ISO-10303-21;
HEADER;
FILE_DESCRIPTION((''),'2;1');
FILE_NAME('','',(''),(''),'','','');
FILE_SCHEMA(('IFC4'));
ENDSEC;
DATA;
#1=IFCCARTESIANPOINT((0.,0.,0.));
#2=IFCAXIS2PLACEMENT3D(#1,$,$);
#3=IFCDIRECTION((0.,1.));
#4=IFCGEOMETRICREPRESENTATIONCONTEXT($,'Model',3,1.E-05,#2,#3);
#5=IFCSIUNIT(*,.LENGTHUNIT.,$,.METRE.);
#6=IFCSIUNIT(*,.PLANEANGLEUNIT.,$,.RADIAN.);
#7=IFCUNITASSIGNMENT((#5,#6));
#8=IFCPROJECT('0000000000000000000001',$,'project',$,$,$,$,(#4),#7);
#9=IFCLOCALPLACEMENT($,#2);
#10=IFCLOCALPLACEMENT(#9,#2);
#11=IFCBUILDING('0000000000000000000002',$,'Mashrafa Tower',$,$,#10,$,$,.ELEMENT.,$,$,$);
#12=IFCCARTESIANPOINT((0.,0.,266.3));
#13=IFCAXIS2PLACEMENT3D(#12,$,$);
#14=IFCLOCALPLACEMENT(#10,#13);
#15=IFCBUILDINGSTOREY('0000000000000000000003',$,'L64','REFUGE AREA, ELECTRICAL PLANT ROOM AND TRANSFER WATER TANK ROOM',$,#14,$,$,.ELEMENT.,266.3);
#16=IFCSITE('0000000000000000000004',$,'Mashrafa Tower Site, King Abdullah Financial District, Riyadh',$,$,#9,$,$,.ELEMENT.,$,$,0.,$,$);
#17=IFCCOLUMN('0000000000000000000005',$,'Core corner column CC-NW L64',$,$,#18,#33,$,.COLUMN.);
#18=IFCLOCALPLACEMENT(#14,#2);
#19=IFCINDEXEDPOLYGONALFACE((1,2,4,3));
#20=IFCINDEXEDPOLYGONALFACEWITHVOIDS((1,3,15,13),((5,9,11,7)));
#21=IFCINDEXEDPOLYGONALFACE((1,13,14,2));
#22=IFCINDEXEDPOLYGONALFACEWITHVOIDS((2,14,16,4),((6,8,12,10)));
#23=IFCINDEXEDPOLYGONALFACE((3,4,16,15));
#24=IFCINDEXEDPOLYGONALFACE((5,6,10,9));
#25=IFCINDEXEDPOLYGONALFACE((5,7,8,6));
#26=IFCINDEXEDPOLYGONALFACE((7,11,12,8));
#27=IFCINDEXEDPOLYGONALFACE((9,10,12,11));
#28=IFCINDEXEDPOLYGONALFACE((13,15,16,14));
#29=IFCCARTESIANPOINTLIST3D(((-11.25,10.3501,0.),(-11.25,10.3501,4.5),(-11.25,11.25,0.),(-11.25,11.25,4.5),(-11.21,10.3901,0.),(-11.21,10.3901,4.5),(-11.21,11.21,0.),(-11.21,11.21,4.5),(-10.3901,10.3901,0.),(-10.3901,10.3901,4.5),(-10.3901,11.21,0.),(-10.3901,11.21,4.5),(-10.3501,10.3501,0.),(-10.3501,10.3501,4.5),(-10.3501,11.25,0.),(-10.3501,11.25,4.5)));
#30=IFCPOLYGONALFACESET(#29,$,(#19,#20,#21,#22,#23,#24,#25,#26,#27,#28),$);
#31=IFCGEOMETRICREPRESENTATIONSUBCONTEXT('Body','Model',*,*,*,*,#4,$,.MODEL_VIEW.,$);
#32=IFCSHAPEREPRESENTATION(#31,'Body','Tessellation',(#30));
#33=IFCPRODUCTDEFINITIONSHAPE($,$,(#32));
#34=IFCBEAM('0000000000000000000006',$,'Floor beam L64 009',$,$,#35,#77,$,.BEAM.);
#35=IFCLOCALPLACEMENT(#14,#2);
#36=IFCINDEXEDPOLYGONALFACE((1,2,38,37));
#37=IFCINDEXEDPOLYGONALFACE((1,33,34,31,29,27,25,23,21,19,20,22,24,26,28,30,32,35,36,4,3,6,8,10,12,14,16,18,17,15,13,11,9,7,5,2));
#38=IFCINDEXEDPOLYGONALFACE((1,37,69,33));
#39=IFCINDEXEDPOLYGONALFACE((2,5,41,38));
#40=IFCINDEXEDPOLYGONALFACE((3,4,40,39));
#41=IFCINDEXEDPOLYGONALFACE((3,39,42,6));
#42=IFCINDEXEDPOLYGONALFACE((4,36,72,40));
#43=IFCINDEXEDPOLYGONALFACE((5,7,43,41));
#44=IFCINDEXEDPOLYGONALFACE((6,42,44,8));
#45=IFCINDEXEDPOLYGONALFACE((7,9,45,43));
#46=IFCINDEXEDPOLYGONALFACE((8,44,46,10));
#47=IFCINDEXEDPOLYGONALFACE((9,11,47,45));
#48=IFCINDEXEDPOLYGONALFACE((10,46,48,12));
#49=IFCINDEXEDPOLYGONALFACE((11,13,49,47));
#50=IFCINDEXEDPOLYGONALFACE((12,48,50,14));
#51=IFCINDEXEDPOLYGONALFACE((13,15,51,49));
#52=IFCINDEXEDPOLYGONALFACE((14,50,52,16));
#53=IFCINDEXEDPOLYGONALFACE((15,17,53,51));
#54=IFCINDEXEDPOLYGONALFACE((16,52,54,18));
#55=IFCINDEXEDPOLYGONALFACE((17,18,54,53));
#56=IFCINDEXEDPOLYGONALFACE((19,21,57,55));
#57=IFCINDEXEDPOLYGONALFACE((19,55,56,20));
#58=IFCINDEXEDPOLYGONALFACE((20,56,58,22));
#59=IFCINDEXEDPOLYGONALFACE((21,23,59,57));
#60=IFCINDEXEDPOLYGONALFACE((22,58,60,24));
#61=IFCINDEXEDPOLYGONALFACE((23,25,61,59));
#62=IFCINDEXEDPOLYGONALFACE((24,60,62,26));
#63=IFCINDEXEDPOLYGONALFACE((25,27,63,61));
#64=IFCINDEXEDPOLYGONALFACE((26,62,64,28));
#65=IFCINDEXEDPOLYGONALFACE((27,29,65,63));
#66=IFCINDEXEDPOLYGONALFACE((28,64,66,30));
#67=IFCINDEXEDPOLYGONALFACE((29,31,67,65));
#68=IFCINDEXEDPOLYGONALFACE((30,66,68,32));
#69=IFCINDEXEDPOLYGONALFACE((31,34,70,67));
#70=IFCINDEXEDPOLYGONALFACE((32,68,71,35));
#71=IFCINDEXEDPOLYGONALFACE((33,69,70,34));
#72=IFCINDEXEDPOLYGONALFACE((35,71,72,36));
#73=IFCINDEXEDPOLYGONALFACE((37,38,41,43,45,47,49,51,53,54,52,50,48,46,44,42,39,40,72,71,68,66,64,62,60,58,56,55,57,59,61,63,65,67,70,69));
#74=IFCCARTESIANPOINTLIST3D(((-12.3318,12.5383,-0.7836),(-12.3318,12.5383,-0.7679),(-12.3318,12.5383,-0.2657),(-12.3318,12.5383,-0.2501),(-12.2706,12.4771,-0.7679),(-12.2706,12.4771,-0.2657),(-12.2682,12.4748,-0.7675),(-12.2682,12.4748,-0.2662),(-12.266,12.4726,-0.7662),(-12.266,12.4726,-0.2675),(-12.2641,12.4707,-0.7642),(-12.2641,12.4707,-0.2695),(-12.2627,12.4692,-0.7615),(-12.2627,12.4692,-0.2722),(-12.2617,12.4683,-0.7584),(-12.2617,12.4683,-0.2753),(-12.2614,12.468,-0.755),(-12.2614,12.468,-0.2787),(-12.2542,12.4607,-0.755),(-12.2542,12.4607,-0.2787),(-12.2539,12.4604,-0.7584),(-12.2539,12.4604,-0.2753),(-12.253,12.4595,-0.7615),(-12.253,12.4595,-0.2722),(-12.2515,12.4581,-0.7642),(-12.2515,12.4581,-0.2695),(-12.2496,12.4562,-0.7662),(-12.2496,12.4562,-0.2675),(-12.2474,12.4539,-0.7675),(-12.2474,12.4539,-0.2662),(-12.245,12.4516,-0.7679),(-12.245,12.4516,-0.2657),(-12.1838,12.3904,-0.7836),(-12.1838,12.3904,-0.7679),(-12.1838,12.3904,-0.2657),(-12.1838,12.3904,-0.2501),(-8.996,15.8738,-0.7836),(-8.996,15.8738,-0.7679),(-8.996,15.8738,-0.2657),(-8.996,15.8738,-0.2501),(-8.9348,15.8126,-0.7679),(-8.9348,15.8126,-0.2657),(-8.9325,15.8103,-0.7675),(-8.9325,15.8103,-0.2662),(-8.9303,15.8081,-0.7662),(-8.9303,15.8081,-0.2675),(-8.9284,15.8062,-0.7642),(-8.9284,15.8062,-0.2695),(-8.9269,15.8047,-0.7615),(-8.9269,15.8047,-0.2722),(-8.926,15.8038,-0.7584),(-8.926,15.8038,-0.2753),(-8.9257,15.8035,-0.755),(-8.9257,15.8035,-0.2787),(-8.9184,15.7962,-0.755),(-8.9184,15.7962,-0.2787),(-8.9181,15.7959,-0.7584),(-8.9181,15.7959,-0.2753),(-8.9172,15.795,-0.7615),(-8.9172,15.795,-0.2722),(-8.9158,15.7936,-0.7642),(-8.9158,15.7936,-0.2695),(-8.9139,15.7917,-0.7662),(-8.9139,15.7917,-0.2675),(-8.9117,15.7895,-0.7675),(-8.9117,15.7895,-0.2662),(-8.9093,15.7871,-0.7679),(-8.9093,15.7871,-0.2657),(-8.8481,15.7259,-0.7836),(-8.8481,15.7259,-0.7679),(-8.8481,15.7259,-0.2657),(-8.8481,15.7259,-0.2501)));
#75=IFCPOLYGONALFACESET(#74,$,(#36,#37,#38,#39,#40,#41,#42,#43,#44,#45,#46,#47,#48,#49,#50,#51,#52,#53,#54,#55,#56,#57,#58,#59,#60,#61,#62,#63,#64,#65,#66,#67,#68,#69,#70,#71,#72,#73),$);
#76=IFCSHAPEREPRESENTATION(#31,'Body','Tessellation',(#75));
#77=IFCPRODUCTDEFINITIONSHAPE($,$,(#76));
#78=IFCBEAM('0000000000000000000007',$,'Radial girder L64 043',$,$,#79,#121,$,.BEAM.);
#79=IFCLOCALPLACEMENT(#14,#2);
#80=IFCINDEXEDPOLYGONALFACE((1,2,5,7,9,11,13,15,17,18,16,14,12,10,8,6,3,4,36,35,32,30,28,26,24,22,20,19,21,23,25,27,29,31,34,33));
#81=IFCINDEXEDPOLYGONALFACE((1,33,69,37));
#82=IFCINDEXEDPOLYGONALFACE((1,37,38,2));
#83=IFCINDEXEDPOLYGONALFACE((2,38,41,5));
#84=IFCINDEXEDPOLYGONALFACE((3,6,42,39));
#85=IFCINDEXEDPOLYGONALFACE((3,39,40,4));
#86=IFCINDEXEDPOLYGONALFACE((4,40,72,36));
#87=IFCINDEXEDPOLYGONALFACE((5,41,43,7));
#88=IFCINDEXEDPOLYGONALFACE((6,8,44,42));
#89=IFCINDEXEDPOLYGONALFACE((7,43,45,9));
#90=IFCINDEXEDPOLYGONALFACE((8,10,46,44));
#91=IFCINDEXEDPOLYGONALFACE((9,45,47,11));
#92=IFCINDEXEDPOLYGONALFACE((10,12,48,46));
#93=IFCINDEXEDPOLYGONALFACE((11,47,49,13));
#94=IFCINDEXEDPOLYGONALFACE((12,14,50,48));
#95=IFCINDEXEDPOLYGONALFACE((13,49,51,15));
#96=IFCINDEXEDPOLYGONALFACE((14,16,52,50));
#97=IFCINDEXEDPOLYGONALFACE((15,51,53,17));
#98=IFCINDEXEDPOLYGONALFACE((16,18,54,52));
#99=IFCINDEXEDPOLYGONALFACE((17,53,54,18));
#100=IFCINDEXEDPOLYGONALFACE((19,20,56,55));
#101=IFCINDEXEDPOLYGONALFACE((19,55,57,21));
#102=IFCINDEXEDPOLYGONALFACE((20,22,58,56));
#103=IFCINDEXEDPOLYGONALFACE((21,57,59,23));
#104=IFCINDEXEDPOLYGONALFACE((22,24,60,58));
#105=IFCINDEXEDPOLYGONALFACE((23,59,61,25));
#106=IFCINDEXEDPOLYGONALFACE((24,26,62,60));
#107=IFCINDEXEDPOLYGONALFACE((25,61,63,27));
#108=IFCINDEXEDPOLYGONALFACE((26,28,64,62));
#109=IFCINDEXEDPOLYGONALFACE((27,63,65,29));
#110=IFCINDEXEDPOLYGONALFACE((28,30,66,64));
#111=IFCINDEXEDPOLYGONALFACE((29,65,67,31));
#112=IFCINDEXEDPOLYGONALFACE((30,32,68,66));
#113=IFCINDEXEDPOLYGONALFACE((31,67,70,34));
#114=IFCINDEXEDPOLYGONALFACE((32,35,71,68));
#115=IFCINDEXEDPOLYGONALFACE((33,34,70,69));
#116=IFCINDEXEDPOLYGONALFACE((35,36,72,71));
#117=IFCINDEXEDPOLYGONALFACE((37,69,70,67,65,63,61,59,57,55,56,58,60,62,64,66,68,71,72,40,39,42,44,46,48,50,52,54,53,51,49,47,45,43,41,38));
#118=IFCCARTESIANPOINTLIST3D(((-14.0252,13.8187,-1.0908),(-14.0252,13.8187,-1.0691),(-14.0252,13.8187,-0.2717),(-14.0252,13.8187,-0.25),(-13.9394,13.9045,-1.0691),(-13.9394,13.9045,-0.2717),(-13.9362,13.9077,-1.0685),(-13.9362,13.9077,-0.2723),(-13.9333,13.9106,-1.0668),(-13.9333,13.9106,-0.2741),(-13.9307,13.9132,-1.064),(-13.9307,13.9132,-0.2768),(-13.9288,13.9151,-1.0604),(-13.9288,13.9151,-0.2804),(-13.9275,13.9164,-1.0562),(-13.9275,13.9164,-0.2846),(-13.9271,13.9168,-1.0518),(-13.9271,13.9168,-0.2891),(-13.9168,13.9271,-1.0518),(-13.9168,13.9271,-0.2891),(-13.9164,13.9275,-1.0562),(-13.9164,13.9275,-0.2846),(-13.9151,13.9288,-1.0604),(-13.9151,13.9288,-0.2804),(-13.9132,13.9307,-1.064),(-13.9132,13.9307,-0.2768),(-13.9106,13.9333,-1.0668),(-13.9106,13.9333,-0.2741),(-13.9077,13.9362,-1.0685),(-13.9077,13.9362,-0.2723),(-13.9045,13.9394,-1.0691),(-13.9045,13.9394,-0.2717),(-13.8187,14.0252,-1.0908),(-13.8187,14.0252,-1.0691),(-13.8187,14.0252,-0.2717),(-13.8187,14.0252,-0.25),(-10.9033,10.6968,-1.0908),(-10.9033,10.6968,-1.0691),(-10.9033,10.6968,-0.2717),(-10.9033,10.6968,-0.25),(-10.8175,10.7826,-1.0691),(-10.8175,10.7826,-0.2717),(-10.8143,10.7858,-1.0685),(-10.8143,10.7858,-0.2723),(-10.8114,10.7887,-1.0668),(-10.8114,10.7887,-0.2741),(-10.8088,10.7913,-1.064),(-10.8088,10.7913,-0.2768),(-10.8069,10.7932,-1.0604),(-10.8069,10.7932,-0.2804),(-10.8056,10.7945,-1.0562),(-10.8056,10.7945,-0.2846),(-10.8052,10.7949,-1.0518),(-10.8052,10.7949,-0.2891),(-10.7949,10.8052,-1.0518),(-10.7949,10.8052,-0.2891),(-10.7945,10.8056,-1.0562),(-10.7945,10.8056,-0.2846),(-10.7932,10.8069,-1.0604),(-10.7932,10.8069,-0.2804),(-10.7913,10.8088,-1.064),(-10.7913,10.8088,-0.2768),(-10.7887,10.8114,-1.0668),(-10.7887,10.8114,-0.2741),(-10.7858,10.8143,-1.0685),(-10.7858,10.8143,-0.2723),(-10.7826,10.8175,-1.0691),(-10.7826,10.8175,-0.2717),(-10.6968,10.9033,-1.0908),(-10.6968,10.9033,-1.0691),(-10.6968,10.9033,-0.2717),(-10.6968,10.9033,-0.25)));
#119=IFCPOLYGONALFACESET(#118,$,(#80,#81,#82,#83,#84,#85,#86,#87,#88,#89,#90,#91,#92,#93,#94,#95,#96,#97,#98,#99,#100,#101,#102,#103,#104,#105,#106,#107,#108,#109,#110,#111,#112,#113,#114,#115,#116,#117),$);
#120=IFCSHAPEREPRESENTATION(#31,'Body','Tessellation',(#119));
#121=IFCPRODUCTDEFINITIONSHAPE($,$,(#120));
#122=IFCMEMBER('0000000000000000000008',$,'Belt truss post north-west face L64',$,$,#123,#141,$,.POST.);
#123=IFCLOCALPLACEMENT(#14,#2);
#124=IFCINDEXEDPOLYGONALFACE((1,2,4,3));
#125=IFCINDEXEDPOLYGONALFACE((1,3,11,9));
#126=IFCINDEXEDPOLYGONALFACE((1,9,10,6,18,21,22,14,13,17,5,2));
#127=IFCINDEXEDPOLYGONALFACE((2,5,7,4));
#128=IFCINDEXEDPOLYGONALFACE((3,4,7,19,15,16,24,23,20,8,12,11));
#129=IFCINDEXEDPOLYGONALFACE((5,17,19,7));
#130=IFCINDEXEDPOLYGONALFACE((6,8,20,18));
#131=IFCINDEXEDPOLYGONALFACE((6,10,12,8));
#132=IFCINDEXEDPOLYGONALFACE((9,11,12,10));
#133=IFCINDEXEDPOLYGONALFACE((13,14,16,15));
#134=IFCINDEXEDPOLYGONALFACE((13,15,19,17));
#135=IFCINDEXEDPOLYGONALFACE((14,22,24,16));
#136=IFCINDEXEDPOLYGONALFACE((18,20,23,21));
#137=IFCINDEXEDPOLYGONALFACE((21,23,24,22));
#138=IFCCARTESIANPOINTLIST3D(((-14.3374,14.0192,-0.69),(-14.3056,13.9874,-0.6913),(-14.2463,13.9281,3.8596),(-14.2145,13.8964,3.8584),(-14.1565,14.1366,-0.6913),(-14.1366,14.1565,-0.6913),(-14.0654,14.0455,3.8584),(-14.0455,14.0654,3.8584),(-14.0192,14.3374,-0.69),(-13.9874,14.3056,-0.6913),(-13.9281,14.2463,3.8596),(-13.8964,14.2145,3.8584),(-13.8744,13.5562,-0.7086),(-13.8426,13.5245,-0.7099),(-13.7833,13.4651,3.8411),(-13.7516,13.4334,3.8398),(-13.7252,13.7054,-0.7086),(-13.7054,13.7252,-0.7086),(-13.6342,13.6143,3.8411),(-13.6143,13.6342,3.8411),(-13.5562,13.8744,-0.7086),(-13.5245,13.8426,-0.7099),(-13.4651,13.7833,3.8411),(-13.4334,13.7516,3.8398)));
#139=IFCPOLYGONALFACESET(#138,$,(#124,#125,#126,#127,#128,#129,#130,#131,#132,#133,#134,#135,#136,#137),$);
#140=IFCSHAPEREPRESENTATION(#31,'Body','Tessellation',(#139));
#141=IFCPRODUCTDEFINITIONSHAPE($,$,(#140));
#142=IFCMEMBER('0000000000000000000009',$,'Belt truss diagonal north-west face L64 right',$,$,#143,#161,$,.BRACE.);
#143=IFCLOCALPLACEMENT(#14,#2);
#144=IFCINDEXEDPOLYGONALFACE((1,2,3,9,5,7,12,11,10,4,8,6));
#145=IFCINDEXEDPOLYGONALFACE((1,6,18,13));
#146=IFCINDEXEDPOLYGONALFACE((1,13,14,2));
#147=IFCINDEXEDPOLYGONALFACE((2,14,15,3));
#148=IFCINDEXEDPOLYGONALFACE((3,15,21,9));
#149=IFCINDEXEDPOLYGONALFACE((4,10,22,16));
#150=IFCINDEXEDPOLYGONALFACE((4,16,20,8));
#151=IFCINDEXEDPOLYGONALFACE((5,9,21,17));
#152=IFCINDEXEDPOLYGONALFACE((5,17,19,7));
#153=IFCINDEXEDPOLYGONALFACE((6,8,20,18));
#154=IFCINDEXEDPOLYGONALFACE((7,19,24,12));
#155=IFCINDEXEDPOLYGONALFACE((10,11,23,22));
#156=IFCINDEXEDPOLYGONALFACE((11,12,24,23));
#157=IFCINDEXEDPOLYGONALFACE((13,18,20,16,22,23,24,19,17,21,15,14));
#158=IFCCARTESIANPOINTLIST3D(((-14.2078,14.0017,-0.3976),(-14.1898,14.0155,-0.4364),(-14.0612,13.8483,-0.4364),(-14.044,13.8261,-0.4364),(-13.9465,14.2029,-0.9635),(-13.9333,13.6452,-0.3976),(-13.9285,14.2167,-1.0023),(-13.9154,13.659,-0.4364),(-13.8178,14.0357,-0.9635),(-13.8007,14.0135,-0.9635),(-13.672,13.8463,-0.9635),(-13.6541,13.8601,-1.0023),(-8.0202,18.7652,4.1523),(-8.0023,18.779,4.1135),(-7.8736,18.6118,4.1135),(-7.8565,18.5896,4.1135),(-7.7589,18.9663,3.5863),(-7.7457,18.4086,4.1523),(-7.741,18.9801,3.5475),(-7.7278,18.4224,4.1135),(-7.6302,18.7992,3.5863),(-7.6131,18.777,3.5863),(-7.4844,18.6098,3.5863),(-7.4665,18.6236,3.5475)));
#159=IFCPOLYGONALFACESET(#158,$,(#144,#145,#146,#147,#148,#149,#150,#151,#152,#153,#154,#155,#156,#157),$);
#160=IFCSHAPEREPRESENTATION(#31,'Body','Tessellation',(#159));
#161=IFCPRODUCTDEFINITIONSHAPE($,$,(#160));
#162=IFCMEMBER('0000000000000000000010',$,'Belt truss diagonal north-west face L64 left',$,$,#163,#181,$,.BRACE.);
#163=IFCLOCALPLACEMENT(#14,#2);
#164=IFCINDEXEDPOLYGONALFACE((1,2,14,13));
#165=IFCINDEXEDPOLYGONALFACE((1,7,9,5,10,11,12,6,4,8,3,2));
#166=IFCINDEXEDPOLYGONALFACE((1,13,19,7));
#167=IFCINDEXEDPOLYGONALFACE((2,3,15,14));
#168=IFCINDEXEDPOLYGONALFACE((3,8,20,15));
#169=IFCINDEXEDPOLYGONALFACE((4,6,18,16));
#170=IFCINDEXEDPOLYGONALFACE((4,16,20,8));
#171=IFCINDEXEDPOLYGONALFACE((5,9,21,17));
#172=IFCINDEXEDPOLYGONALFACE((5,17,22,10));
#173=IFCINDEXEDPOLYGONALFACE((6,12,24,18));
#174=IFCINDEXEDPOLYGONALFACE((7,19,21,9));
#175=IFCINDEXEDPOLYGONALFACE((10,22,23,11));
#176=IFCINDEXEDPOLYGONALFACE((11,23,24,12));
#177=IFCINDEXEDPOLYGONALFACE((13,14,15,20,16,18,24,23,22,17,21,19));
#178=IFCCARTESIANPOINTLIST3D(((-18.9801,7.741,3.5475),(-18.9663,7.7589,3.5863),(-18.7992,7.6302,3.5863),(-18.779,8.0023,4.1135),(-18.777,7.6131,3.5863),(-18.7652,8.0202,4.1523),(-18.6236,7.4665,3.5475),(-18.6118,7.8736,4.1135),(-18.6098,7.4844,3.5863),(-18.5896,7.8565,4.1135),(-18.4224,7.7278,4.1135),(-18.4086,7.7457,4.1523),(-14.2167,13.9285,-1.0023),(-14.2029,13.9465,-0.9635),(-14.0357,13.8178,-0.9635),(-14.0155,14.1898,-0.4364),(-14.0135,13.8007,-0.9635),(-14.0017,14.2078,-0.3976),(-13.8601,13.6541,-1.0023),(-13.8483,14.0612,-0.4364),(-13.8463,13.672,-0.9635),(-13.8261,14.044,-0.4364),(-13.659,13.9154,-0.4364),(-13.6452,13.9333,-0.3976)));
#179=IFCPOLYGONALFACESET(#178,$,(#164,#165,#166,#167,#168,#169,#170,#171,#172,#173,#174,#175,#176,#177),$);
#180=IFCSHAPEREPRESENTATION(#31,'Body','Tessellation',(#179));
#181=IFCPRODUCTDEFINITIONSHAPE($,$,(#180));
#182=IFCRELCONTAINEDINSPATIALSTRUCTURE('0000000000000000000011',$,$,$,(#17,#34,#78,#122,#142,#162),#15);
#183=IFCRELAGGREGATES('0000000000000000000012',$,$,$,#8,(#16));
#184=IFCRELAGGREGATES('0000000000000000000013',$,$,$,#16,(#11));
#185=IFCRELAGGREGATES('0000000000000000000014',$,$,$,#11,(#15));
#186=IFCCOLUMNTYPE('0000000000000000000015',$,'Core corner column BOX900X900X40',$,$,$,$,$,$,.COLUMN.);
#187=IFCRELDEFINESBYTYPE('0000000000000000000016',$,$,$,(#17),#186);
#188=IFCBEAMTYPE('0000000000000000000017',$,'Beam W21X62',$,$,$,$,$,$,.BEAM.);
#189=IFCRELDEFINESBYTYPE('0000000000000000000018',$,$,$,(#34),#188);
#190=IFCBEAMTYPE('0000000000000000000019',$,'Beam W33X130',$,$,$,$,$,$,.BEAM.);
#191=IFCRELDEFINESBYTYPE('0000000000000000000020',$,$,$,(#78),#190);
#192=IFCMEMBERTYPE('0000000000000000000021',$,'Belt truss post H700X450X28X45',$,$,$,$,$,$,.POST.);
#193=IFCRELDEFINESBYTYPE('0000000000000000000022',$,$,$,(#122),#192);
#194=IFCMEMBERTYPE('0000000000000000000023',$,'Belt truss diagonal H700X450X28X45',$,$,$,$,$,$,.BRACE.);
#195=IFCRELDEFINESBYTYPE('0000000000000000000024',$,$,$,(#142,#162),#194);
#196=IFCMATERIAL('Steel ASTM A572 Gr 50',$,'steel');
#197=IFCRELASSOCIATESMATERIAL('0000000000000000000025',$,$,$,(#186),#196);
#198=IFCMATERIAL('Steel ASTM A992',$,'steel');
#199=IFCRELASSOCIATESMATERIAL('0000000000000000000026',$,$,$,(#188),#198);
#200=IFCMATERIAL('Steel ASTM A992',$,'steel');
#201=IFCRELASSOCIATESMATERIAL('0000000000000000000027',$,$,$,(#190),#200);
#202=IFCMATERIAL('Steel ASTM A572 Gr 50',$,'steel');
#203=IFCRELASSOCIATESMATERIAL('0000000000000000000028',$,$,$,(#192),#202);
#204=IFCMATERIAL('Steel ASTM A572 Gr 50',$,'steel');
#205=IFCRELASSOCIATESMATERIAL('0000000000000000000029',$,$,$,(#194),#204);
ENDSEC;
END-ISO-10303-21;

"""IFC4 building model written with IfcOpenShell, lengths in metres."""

from ifc_helpers import new_model, si_unit, direction, frame, origin, origin_2d, place, context, subcontext, project, spatial, hollow_rectangle, i_section, extrude, source, transform, mapped, material, material_profile, profile_set, type_object, type_shapes, element, save


model = new_model("IFC4")

# Units and contexts
model_context = context("Model", 3, precision=1e-05, world=origin(), true_north=direction((0.0, 1.0)))
body_context = subcontext(model_context, "Body", "Model", "MODEL_VIEW")
ifc_project = project(units=[si_unit("LENGTHUNIT", "METRE"), si_unit("PLANEANGLEUNIT", "RADIAN")], contexts=[model_context])

# Site, building, storey
site_placement = place(None, origin())
site = spatial("IfcSite", under=ifc_project, at=site_placement, Name="Mashrafa Tower Site, King Abdullah Financial District, Riyadh", CompositionType="ELEMENT", RefElevation=0.0)
building_placement = place(site_placement, origin())
building = spatial("IfcBuilding", under=site, at=building_placement, Name="Mashrafa Tower", CompositionType="ELEMENT")
storey_placement = place(building_placement, frame((0.0, 0.0, 266.3)))
storey = spatial("IfcBuildingStorey", under=building, at=storey_placement, Name="L64", Description="REFUGE AREA, ELECTRICAL PLANT ROOM AND TRANSFER WATER TANK ROOM", CompositionType="ELEMENT", Elevation=266.3)

# Column
ifc_material_1 = material(Name="Steel ASTM A572 Gr 50", Category="steel")
ifc_material_profile_1 = material_profile(ifc_material_1, hollow_rectangle(XDim=0.8999, YDim=0.8999, WallThickness=0.04, at=origin_2d()), Name="BOX900X900X40")
ifc_profile_set_1 = profile_set([ifc_material_profile_1], Name="Steel ASTM A572 Gr 50")
column_type = type_object("IfcColumnType", Name="Core corner column BOX900X900X40", PredefinedType="COLUMN", material=ifc_profile_set_1)
column_placement = place(storey_placement, frame((-10.8, 10.8, 0.0), z_axis=(0.0, 0.0, 1.0), x_axis=(1.0, 0.0, 0.0)))
element("IfcColumn", 1, at=column_placement, inside=storey, type_object=column_type, Name="Core corner column CC-NW L64", PredefinedType="COLUMN", context=body_context, shape_type="SweptSolid", body=[
    extrude(hollow_rectangle(XDim=0.8999, YDim=0.8999, WallThickness=0.04, at=origin_2d()), origin(), (0.0, 0.0, 1.0), 4.5),
])

# Beams
ifc_material_2 = material(Name="Steel ASTM A992", Category="steel")
ifc_material_profile_2 = material_profile(ifc_material_2, i_section(OverallWidth=0.2092, OverallDepth=0.5334, WebThickness=0.0103, FlangeThickness=0.0156, FilletRadius=0.0129, at=origin_2d()), Name="W21X62")
ifc_profile_set_2 = profile_set([ifc_material_profile_2], Name="Steel ASTM A992")
beam_type_1 = type_object("IfcBeamType", Name="Beam W21X62", PredefinedType="BEAM", material=ifc_profile_set_2)
beam_1_placement = place(storey_placement, frame((-12.2578, 12.4644, -0.5168), z_axis=(0.707133, 0.707081, 0.0), x_axis=(-0.707081, 0.707133, 0.0)))
element("IfcBeam", 2, at=beam_1_placement, inside=storey, type_object=beam_type_1, Name="Floor beam L64 009", PredefinedType="BEAM", context=body_context, shape_type="SweptSolid", body=[
    extrude(i_section(OverallWidth=0.2092, OverallDepth=0.5334, WebThickness=0.0103, FlangeThickness=0.0156, FilletRadius=0.0129, at=origin_2d()), origin(), (0.0, 0.0, 1.0), 4.7173),
])
ifc_material_3 = material(Name="Steel ASTM A992", Category="steel")
ifc_material_profile_3 = material_profile(ifc_material_3, i_section(OverallWidth=0.292, OverallDepth=0.8408, WebThickness=0.0146, FlangeThickness=0.0217, FilletRadius=0.0173, at=origin_2d()), Name="W33X130")
ifc_profile_set_3 = profile_set([ifc_material_profile_3], Name="Steel ASTM A992")
beam_type_2 = type_object("IfcBeamType", Name="Beam W33X130", PredefinedType="BEAM", material=ifc_profile_set_3)
beam_2_placement = place(storey_placement, frame((-10.8, 10.8, -0.6704), z_axis=(-0.707107, 0.707107, 0.0), x_axis=(-0.707107, -0.707107, 0.0)))
element("IfcBeam", 3, at=beam_2_placement, inside=storey, type_object=beam_type_2, Name="Radial girder L64 043", PredefinedType="BEAM", context=body_context, shape_type="SweptSolid", body=[
    extrude(i_section(OverallWidth=0.292, OverallDepth=0.8408, WebThickness=0.0146, FlangeThickness=0.0217, FilletRadius=0.0173, at=origin_2d()), origin(), (0.0, 0.0, 1.0), 4.415),
])

# Members
ifc_material_4 = material(Name="Steel ASTM A572 Gr 50", Category="steel")
ifc_material_profile_4 = material_profile(ifc_material_4, i_section(OverallWidth=0.45, OverallDepth=0.7, WebThickness=0.0281, FlangeThickness=0.0449, at=origin_2d()), Name="H700X450X28X45")
ifc_profile_set_4 = profile_set([ifc_material_profile_4], Name="Steel ASTM A572 Gr 50")
member_type_1 = type_object("IfcMemberType", Name="Belt truss post H700X450X28X45", PredefinedType="POST", material=ifc_profile_set_4)
shared_shape_1 = source(origin(), body_context, "Body", "SweptSolid", [
    extrude(i_section(OverallWidth=0.45, OverallDepth=0.7, WebThickness=0.0281, FlangeThickness=0.0449, at=origin_2d()), origin(), (0.0, 0.0, 1.0), 4.5515),
])
type_shapes(member_type_1, [shared_shape_1])
member_1_placement = place(storey_placement, frame((-13.9309, 13.9309, -0.7), z_axis=(0.020007, -0.020007, 0.9996), x_axis=(0.707107, 0.707107, 0.0)))
element("IfcMember", 4, at=member_1_placement, inside=storey, type_object=member_type_1, Name="Belt truss post north-west face L64", PredefinedType="POST", context=body_context, shape_type="MappedRepresentation", body=[
    mapped(shared_shape_1, transform((0.0, 0.0, 0.0))),
])
ifc_material_5 = material(Name="Steel ASTM A572 Gr 50", Category="steel")
ifc_material_profile_5 = material_profile(ifc_material_5, i_section(OverallWidth=0.45, OverallDepth=0.7, WebThickness=0.0281, FlangeThickness=0.0449, at=origin_2d()), Name="H700X450X28X45")
ifc_profile_set_5 = profile_set([ifc_material_profile_5], Name="Steel ASTM A572 Gr 50")
member_type_2 = type_object("IfcMemberType", Name="Belt truss diagonal H700X450X28X45", PredefinedType="BRACE", material=ifc_profile_set_5)
shared_shape_2 = source(origin(), body_context, "Body", "SweptSolid", [
    extrude(i_section(OverallWidth=0.45, OverallDepth=0.7, WebThickness=0.0281, FlangeThickness=0.0449, at=origin_2d()), origin(), (0.0, 0.0, 1.0), 9.0376),
])
type_shapes(member_type_2, [shared_shape_2])
for number, where, z_axis, x_axis, name in (
    (5, (-13.9309, 13.9309, -0.7), (0.684648, 0.527075, 0.503437), (-0.610017, 0.792388, 0.0), "Belt truss diagonal north-west face L64 right"),
    (6, (-13.9309, 13.9309, -0.7), (-0.527075, -0.684648, 0.503437), (0.792388, -0.610017, 0.0), "Belt truss diagonal north-west face L64 left"),
):
    element("IfcMember", number, at=place(storey_placement, frame(where, z_axis=z_axis, x_axis=x_axis)), inside=storey, type_object=member_type_2, Name=name, PredefinedType="BRACE", context=body_context, shape_type="MappedRepresentation", body=[
        mapped(shared_shape_2, transform((0.0, 0.0, 0.0))),
    ])

save(model, "model.ifc")
